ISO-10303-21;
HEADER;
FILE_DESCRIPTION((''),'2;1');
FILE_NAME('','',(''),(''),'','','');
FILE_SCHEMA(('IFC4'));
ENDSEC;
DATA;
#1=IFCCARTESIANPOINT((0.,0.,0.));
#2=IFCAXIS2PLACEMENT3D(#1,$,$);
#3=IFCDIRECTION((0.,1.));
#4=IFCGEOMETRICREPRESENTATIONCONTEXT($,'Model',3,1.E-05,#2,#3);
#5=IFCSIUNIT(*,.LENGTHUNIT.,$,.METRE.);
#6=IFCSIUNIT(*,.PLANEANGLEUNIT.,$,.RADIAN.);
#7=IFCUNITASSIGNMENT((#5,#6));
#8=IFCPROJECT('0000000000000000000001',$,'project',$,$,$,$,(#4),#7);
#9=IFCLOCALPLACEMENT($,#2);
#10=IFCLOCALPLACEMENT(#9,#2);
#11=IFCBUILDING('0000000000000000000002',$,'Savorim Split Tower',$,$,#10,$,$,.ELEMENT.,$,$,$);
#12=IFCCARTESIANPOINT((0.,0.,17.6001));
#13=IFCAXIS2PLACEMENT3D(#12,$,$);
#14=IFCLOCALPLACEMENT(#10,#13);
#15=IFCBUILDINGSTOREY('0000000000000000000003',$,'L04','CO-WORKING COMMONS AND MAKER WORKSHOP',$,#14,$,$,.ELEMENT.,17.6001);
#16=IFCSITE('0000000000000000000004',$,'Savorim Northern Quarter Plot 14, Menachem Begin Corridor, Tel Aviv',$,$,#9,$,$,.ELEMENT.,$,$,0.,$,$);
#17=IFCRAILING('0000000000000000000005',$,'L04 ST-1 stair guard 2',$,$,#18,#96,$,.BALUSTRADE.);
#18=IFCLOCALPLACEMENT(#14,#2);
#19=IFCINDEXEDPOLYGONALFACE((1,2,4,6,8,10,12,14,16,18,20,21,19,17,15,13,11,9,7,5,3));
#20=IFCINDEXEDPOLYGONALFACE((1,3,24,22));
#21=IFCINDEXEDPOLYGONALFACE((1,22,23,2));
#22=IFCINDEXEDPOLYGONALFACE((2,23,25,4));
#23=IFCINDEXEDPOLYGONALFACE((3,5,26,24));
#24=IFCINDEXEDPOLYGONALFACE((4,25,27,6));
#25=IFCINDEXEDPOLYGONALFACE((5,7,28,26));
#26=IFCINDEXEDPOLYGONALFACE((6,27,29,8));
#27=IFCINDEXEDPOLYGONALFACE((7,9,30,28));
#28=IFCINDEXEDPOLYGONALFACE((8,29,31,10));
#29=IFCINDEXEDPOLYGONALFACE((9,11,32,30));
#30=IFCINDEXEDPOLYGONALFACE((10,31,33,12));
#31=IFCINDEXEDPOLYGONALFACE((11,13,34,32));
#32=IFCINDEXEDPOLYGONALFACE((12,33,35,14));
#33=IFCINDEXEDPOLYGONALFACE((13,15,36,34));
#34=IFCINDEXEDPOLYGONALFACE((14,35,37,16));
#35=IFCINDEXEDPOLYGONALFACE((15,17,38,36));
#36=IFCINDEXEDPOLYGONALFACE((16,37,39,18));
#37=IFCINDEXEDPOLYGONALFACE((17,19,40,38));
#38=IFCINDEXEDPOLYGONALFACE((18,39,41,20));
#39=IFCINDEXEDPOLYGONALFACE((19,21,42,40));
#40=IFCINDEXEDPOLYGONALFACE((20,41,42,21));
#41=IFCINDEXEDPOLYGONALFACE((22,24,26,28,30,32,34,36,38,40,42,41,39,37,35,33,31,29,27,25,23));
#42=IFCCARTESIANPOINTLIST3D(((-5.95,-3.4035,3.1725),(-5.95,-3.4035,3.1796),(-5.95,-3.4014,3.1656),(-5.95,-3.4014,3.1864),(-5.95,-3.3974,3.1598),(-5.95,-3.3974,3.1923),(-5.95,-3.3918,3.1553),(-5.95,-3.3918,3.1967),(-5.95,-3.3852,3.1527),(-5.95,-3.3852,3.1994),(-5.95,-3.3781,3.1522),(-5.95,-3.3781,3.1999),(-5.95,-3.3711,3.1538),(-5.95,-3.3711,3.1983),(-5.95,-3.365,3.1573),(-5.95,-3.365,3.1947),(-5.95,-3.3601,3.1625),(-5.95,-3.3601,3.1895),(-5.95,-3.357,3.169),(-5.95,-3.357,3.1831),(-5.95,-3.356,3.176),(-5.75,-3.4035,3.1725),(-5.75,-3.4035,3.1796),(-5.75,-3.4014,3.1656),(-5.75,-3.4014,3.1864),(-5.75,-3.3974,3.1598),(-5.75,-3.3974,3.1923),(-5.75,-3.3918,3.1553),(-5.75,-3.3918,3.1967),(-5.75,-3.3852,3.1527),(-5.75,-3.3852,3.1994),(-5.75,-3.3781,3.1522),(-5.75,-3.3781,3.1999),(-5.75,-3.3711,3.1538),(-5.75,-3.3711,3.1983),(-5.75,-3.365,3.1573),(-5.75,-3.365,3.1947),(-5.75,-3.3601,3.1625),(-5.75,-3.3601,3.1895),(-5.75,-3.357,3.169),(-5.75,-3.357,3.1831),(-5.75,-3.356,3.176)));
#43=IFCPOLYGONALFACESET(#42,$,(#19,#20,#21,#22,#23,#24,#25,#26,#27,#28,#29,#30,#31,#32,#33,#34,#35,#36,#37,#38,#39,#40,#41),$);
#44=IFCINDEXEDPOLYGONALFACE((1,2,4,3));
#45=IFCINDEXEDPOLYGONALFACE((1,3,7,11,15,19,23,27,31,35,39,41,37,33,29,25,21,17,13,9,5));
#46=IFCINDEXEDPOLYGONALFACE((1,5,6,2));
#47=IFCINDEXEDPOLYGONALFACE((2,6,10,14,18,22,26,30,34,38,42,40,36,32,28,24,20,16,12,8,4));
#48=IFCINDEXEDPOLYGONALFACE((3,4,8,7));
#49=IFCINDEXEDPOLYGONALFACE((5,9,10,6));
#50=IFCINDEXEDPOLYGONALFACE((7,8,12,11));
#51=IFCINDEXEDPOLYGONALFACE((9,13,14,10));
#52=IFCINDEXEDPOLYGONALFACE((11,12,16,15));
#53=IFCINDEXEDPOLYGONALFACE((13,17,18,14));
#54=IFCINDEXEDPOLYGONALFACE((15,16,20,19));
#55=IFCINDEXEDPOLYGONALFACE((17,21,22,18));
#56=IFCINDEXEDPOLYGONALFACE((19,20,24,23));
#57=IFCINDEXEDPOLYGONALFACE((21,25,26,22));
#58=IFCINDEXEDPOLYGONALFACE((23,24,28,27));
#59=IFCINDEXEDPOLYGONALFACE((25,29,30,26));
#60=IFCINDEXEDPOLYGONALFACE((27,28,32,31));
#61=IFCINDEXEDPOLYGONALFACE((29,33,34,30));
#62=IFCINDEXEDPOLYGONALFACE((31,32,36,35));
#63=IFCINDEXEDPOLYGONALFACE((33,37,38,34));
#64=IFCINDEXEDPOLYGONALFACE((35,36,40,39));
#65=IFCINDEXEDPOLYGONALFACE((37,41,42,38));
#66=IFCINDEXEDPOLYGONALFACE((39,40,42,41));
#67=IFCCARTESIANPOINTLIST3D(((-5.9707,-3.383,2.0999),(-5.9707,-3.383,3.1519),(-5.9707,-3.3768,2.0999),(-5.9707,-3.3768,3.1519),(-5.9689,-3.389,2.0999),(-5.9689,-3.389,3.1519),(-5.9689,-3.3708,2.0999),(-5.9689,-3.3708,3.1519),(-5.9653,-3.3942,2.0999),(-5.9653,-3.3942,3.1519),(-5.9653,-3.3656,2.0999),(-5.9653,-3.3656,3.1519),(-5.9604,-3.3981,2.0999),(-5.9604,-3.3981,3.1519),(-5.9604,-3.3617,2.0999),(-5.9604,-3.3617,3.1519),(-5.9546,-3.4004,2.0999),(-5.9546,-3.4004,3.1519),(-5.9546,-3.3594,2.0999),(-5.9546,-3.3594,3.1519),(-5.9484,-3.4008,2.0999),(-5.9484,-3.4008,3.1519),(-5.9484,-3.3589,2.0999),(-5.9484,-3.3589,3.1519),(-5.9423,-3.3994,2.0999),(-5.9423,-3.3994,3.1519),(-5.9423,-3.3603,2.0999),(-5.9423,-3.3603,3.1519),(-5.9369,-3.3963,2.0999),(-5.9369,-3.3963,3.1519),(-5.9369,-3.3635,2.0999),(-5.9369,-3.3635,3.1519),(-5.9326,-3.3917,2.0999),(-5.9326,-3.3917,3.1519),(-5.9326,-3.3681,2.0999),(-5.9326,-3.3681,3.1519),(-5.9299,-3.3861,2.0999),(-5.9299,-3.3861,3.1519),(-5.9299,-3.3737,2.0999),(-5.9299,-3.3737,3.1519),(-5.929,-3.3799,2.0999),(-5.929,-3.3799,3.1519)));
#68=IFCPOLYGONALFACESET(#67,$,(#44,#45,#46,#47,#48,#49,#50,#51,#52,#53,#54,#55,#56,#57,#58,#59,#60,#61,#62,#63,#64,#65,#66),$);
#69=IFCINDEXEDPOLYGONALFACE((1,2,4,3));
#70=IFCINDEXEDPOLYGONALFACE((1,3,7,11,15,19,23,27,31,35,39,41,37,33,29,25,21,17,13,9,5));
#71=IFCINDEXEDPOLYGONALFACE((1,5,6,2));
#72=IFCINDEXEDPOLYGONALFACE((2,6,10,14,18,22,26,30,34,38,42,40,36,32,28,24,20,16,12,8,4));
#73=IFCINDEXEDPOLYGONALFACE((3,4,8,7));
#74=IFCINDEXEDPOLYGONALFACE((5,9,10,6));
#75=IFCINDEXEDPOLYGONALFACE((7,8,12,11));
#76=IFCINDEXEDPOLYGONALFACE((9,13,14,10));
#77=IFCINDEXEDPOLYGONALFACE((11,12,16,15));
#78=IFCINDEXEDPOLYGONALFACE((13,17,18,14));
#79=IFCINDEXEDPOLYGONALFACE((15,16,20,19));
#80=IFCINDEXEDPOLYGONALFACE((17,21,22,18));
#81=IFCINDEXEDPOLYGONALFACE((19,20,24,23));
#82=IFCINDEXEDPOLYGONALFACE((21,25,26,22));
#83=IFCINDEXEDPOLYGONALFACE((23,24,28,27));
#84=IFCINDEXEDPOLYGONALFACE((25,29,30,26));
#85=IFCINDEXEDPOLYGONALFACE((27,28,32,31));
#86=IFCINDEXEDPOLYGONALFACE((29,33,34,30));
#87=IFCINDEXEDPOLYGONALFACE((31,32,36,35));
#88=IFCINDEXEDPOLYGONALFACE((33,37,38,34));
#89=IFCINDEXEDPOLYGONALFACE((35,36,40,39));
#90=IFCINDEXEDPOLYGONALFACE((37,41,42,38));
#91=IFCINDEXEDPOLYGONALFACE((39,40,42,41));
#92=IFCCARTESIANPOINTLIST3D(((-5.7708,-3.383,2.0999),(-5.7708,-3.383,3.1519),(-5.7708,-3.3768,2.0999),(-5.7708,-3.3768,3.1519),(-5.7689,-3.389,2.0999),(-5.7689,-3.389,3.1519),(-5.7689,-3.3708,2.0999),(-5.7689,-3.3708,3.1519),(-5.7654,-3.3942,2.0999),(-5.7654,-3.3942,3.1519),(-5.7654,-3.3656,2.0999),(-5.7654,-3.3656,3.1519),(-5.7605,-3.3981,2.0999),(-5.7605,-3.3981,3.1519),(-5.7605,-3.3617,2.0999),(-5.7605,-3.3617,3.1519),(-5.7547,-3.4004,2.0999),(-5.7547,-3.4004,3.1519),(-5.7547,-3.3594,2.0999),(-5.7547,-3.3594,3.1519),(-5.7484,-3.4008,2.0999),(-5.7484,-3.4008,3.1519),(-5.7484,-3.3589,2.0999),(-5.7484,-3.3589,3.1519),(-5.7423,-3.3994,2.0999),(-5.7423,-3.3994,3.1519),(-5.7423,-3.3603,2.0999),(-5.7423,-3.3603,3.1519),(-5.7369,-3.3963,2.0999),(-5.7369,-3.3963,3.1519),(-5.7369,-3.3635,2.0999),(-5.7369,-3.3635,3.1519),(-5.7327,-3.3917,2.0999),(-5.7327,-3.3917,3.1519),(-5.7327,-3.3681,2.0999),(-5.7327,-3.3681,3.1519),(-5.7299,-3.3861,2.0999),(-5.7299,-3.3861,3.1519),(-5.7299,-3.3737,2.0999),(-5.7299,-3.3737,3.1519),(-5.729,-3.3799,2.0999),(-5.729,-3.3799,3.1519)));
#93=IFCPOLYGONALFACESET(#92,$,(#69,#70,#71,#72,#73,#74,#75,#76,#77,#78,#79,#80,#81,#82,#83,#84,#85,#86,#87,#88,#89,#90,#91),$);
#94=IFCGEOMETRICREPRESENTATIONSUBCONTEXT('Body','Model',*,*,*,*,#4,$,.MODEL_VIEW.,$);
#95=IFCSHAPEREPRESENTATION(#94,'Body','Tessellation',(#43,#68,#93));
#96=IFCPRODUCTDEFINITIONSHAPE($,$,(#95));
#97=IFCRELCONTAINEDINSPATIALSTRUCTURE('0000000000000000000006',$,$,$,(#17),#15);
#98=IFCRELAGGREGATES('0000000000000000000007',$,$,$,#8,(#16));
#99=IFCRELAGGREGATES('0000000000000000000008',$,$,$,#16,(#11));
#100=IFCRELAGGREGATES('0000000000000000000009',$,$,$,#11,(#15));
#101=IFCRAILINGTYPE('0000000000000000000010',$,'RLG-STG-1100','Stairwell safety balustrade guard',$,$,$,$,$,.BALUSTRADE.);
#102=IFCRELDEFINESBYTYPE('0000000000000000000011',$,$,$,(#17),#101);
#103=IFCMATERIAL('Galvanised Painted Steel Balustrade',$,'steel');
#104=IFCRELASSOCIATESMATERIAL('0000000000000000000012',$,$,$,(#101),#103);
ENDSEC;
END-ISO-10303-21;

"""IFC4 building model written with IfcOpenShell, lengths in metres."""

from ifc_helpers import new_model, si_unit, direction, frame, origin, origin_2d, place, context, subcontext, project, spatial, circle, extrude, material, type_object, element, save


model = new_model("IFC4")

# Units and contexts
model_context = context("Model", 3, precision=1e-05, world=origin(), true_north=direction((0.0, 1.0)))
body_context = subcontext(model_context, "Body", "Model", "MODEL_VIEW")
ifc_project = project(units=[si_unit("LENGTHUNIT", "METRE"), si_unit("PLANEANGLEUNIT", "RADIAN")], contexts=[model_context])

# Site, building, storey
site_placement = place(None, origin())
site = spatial("IfcSite", under=ifc_project, at=site_placement, Name="Savorim Northern Quarter Plot 14, Menachem Begin Corridor, Tel Aviv", CompositionType="ELEMENT", RefElevation=0.0)
building_placement = place(site_placement, origin())
building = spatial("IfcBuilding", under=site, at=building_placement, Name="Savorim Split Tower", CompositionType="ELEMENT")
storey_placement = place(building_placement, frame((0.0, 0.0, 17.6001)))
storey = spatial("IfcBuildingStorey", under=building, at=storey_placement, Name="L04", Description="CO-WORKING COMMONS AND MAKER WORKSHOP", CompositionType="ELEMENT", Elevation=17.6001)

# Railing
ifc_material_1 = material(Name="Galvanised Painted Steel Balustrade", Category="steel")
railing_type_1 = type_object("IfcRailingType", Name="RLG-STG-1100", Description="Stairwell safety balustrade guard", PredefinedType="BALUSTRADE", material=ifc_material_1)
railing_1_placement = place(storey_placement, frame((-5.95, -3.3799, 2.0999)))
element("IfcRailing", 1, at=railing_1_placement, inside=storey, type_object=railing_type_1, Name="L04 ST-1 stair guard 2", PredefinedType="BALUSTRADE", context=body_context, shape_type="SweptSolid", body=[
    extrude(circle(Radius=0.0239, at=origin_2d()), frame((0.0, 0.0, 1.0762), z_axis=(1.0, 0.0, 0.0), x_axis=(0.0, 1.0, 0.0)), (0.0, 0.0, 1.0), 0.2),
    extrude(circle(Radius=0.021, at=origin_2d()), origin(), (0.0, 0.0, 1.0), 1.052),
    extrude(circle(Radius=0.021, at=origin_2d()), frame((0.2, 0.0, 0.0)), (0.0, 0.0, 1.0), 1.052),
])

save(model, "model.ifc")
